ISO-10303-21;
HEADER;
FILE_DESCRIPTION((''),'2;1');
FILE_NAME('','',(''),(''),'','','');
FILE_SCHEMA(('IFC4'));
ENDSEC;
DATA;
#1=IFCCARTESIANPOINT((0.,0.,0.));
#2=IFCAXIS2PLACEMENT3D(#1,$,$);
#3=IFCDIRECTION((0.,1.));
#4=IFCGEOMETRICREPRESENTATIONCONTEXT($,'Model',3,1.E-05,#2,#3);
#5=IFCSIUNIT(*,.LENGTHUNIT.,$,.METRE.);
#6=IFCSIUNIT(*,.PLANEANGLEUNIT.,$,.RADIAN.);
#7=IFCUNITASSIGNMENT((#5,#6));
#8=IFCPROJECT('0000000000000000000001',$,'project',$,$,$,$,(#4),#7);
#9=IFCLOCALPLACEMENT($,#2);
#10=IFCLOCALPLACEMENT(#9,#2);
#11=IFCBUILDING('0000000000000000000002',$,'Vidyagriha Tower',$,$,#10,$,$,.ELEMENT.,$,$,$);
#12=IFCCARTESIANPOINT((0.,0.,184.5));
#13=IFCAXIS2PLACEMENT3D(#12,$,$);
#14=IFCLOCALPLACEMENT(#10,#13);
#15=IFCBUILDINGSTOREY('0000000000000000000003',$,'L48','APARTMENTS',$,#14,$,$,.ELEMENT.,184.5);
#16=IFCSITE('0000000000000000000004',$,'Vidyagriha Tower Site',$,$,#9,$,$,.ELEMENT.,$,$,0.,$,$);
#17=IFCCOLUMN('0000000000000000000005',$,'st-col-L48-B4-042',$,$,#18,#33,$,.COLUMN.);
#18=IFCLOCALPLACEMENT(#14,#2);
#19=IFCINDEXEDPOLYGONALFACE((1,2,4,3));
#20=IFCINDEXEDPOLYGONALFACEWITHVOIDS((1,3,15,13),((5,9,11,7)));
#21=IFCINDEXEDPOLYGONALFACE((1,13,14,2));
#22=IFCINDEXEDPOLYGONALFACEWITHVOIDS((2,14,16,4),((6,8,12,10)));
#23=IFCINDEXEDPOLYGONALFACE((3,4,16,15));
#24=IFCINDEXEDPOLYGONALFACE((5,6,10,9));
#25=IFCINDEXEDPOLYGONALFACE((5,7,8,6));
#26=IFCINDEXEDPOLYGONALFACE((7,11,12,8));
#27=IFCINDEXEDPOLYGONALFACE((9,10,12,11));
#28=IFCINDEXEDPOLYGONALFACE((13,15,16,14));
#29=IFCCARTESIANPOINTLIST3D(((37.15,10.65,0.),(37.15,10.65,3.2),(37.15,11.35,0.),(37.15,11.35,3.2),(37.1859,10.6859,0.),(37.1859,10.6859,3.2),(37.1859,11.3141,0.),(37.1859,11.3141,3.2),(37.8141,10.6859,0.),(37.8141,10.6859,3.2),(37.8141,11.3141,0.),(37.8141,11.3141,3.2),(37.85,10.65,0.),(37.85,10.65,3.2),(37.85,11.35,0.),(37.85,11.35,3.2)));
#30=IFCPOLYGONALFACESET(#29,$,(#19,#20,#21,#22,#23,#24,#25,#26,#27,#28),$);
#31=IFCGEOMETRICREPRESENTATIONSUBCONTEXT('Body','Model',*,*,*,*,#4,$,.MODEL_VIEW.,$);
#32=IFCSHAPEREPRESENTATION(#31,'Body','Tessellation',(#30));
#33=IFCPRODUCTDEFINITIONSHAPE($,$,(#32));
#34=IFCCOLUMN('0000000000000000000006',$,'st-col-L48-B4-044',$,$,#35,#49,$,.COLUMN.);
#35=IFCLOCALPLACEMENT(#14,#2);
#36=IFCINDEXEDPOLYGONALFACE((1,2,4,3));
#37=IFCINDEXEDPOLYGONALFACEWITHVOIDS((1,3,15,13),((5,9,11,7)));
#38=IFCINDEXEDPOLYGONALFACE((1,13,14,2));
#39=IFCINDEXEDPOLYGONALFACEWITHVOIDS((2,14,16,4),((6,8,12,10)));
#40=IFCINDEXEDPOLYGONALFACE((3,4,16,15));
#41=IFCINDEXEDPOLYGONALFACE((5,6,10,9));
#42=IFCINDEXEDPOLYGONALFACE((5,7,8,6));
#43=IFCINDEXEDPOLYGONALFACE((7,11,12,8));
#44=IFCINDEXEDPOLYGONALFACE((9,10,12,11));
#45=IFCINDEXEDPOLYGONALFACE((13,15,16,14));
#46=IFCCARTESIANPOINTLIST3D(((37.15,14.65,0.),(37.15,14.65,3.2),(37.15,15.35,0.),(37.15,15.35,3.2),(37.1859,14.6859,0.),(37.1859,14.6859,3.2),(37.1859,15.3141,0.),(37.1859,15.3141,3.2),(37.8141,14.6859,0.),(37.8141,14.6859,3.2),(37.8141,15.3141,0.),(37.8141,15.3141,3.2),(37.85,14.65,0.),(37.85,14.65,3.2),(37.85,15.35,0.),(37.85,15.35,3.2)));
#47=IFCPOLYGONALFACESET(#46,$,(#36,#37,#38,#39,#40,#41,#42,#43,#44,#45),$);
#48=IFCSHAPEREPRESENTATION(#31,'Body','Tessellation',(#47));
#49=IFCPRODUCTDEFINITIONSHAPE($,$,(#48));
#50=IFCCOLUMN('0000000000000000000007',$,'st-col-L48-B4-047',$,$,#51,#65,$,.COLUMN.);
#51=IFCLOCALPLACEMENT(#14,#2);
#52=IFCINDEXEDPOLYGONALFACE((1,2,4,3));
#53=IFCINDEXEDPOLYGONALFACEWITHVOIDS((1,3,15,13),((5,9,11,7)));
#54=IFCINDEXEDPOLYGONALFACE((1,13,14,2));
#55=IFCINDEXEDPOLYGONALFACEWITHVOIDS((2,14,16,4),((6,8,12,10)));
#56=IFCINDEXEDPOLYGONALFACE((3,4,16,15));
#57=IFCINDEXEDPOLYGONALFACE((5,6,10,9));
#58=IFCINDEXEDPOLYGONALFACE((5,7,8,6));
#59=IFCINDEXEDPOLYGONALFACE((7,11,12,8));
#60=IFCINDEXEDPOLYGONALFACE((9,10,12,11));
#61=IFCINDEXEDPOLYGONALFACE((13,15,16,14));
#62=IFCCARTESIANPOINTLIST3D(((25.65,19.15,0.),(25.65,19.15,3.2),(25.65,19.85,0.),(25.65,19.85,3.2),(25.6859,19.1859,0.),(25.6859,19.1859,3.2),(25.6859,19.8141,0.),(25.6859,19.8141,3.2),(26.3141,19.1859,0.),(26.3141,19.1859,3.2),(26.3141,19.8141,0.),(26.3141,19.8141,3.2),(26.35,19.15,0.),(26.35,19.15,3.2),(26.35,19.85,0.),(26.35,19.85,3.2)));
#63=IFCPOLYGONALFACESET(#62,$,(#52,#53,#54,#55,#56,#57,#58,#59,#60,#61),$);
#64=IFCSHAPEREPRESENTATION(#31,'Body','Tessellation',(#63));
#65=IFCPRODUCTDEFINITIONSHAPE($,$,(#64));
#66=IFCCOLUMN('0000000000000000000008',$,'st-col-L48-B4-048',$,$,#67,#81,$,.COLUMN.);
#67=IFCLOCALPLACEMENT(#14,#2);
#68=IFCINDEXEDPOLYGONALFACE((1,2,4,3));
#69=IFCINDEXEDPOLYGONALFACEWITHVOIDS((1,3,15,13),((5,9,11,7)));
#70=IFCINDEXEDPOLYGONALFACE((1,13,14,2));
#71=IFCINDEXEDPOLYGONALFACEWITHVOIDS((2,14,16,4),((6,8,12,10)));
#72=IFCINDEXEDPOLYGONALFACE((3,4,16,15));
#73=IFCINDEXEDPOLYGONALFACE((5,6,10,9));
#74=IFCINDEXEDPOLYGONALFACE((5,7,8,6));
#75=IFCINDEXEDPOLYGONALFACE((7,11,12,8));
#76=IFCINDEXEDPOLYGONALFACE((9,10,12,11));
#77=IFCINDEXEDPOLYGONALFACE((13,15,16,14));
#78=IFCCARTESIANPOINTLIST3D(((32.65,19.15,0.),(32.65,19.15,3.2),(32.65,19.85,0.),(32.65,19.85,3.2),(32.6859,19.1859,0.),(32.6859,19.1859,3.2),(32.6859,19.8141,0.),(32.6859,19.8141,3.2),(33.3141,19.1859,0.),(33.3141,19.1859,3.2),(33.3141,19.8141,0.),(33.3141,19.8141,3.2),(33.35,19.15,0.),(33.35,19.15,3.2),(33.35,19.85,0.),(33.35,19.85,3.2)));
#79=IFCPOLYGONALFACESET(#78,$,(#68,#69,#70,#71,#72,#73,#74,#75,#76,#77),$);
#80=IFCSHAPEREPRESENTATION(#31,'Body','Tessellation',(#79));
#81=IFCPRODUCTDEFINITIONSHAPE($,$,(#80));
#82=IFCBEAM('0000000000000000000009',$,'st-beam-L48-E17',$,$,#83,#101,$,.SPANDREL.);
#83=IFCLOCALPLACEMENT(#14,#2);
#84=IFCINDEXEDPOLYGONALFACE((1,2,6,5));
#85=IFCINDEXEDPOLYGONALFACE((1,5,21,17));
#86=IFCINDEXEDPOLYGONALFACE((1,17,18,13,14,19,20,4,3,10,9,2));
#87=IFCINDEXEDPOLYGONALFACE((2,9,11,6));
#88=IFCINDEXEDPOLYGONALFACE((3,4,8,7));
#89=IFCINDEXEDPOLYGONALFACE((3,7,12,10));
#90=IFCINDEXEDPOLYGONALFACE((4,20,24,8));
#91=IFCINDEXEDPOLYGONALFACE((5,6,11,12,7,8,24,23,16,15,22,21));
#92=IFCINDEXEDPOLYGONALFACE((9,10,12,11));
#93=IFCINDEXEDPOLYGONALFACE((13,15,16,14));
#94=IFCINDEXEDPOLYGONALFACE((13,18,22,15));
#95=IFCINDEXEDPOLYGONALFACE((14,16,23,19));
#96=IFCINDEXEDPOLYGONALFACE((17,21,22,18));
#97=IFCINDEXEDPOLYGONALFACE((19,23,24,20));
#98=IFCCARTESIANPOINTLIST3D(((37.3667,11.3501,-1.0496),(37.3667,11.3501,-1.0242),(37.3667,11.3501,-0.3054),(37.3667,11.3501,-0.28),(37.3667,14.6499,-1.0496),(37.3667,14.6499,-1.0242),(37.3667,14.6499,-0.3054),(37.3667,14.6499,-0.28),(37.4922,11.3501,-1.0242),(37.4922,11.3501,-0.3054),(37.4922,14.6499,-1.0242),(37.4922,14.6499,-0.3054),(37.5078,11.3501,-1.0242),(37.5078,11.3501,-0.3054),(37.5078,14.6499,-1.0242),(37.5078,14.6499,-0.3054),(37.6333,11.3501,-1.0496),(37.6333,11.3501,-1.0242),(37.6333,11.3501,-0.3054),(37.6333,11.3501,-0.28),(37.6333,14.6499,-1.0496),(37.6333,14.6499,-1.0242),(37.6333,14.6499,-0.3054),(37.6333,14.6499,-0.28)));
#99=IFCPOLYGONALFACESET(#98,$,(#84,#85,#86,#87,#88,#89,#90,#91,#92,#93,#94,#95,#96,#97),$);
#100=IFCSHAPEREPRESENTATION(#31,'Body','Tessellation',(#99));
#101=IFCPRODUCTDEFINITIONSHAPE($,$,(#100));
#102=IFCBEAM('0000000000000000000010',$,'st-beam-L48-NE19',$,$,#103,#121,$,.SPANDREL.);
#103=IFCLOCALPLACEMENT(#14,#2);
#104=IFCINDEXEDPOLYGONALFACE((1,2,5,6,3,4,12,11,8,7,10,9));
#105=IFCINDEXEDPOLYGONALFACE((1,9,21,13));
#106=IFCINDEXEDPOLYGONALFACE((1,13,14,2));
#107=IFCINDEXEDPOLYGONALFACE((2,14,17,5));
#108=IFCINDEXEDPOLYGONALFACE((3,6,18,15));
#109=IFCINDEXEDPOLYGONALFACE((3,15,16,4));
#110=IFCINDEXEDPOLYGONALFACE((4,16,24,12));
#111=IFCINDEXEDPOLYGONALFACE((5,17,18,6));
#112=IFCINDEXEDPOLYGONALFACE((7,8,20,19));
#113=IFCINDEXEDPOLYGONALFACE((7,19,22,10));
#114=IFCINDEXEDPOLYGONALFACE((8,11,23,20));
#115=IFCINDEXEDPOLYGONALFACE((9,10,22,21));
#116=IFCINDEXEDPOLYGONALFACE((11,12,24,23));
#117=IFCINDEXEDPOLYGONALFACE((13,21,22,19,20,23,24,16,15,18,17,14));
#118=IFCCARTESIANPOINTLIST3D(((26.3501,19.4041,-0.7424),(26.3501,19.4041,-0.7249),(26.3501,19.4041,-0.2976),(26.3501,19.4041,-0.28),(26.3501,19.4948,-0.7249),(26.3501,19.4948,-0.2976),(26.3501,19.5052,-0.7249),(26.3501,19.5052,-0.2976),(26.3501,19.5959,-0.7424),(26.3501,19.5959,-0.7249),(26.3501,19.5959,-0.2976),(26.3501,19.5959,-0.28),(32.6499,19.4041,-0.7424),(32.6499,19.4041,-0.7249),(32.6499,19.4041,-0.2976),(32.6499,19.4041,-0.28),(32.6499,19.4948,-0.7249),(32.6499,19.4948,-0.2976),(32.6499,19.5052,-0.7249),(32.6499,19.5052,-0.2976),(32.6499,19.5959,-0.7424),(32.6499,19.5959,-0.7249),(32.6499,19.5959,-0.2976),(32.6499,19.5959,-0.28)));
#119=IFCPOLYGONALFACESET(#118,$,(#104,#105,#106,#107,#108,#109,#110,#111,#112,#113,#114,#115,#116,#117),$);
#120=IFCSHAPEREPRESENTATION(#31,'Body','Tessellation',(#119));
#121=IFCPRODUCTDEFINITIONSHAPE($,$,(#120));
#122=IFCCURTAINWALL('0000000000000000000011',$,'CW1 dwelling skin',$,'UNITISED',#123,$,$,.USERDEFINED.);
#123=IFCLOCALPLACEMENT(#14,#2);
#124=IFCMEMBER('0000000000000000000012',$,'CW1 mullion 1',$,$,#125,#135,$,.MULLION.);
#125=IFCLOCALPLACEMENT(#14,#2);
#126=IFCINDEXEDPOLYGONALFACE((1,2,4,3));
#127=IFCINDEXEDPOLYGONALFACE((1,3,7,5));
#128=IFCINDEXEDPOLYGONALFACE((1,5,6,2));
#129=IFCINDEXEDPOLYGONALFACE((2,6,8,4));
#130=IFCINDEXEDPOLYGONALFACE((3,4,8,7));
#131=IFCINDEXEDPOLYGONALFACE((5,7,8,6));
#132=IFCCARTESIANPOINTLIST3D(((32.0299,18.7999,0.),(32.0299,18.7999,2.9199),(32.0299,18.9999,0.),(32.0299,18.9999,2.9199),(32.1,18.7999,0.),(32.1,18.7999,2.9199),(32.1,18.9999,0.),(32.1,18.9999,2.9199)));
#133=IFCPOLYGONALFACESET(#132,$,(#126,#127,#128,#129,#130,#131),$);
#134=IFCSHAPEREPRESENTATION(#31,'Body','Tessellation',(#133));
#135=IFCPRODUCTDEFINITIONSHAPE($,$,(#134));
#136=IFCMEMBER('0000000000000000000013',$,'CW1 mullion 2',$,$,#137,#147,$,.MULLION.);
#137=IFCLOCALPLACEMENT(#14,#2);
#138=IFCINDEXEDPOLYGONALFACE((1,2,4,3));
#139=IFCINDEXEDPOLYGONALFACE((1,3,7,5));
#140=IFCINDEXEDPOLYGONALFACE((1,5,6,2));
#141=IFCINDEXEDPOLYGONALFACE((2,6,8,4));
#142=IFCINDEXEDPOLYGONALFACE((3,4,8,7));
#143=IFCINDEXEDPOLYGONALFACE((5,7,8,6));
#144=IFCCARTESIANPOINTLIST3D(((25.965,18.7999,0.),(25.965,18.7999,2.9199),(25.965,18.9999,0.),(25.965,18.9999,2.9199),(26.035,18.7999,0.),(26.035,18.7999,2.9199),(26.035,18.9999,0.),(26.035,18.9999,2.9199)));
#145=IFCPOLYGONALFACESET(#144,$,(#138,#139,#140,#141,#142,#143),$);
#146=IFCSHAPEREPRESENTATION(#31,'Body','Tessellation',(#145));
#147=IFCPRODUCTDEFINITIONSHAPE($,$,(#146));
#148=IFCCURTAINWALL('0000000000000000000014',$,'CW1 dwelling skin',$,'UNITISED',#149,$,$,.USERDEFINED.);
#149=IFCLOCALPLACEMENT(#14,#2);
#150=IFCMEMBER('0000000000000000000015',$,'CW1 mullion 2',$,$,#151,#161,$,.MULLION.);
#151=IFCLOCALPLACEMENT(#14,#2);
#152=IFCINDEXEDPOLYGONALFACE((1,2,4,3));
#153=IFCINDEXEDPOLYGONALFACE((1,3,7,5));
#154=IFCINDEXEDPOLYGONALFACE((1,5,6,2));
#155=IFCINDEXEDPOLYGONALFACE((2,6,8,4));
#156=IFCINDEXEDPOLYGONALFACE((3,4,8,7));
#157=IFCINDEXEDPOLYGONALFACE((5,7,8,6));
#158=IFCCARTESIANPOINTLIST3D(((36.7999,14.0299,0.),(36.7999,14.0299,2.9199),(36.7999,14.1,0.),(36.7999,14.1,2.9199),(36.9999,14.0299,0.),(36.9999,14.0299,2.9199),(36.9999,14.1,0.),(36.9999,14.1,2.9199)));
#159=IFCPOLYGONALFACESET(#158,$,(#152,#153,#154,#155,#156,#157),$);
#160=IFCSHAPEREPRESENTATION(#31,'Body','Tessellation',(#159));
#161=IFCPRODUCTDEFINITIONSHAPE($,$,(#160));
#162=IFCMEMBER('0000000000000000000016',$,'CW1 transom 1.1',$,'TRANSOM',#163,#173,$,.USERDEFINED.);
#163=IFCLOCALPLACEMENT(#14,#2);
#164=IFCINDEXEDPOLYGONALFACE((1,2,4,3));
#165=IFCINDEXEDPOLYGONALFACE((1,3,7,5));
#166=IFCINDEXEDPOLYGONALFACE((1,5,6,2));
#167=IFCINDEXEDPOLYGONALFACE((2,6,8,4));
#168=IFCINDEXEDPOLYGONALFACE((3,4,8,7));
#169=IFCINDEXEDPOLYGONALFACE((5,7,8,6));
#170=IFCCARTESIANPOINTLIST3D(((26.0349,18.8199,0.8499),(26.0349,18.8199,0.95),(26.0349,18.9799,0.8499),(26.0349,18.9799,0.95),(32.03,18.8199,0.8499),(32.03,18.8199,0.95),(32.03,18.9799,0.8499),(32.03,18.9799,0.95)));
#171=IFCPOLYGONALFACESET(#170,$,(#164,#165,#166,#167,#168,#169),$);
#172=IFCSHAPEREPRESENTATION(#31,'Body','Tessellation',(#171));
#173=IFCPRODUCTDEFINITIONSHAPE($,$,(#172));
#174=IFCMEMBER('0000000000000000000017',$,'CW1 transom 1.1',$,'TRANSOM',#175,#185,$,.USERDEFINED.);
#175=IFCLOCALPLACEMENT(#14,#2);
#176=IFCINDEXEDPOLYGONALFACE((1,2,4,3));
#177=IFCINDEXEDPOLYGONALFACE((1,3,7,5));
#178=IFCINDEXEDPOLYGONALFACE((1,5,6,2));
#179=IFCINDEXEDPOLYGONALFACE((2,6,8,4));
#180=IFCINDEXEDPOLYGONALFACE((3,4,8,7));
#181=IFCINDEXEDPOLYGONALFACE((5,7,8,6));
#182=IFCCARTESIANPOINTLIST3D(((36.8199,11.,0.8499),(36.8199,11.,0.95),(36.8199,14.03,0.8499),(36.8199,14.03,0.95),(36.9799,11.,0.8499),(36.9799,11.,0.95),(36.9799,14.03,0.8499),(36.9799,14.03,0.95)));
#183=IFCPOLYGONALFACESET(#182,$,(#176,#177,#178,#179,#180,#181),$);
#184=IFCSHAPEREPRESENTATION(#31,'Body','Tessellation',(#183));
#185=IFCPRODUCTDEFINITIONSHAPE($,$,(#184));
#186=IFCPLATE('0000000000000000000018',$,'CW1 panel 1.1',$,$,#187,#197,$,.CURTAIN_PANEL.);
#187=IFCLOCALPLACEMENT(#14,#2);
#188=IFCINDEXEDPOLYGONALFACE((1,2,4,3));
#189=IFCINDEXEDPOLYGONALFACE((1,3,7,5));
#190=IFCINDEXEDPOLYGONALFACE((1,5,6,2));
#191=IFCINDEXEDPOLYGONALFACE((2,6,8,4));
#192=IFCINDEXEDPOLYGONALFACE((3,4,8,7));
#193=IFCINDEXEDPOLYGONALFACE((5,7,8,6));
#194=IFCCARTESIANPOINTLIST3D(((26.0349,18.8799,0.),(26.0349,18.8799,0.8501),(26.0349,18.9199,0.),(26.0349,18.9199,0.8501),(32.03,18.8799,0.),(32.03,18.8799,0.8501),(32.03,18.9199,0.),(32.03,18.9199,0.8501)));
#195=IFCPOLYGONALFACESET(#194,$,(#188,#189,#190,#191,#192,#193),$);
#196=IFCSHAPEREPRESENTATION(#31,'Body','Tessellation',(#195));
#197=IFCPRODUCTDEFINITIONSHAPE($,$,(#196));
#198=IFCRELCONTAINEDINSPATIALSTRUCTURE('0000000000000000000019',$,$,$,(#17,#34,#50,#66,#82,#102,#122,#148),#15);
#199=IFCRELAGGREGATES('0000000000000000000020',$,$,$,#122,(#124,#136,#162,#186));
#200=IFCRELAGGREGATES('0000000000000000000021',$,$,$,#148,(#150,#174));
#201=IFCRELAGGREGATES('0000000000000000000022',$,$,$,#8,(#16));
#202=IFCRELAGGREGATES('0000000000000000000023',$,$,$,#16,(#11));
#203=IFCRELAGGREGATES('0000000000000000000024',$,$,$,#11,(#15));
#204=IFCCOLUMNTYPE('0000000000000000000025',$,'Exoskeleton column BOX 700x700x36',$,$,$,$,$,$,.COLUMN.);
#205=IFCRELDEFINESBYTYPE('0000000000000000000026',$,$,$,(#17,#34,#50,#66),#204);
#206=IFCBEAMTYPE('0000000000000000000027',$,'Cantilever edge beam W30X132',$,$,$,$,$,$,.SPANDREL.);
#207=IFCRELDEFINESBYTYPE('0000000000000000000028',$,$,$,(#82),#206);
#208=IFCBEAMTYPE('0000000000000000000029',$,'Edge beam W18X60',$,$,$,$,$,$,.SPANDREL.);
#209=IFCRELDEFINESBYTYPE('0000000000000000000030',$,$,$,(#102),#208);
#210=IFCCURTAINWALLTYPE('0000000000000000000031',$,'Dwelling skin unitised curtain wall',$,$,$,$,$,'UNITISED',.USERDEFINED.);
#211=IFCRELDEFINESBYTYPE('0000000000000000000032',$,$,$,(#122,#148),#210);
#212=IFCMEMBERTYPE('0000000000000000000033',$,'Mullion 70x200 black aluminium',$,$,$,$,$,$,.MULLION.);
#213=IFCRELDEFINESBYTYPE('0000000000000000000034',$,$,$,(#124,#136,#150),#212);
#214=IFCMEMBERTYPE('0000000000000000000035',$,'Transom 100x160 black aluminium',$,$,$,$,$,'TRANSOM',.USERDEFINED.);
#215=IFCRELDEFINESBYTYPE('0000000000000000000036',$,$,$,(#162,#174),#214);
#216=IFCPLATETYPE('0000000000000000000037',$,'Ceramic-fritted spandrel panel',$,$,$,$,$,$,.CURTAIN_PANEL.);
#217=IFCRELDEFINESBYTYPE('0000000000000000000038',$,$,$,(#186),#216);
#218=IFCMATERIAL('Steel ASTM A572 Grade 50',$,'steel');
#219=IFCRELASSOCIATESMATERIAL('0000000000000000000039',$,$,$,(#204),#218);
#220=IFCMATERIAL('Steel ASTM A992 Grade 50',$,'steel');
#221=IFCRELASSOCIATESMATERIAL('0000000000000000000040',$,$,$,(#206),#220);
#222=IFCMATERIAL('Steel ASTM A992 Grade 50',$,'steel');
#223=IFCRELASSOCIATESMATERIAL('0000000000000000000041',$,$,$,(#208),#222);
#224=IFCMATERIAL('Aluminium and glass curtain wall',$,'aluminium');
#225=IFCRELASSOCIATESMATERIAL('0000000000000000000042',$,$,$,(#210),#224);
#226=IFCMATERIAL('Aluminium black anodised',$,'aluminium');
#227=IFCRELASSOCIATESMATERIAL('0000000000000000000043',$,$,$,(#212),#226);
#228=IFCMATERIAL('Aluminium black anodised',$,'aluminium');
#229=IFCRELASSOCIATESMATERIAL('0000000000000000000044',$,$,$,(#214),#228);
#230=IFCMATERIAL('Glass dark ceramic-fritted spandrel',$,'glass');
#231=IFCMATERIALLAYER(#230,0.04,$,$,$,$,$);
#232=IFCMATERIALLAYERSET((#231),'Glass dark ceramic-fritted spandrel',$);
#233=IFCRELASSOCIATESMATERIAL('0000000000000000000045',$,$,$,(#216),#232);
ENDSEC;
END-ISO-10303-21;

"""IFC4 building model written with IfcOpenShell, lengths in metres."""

from ifc_helpers import new_model, si_unit, direction, frame, origin, origin_2d, place, context, subcontext, project, spatial, rectangle, hollow_rectangle, i_section, extrude, material, layer, layer_set, material_profile, profile_set, type_object, element, aggregate, save


model = new_model("IFC4")

# Units and contexts
model_context = context("Model", 3, precision=1e-05, world=origin(), true_north=direction((0.0, 1.0)))
body_context = subcontext(model_context, "Body", "Model", "MODEL_VIEW")
ifc_project = project(units=[si_unit("LENGTHUNIT", "METRE"), si_unit("PLANEANGLEUNIT", "RADIAN")], contexts=[model_context])

# Site, building, storey
site_placement = place(None, origin())
site = spatial("IfcSite", under=ifc_project, at=site_placement, Name="Vidyagriha Tower Site", CompositionType="ELEMENT", RefElevation=0.0)
building_placement = place(site_placement, origin())
building = spatial("IfcBuilding", under=site, at=building_placement, Name="Vidyagriha Tower", CompositionType="ELEMENT")
storey_placement = place(building_placement, frame((0.0, 0.0, 184.5)))
storey = spatial("IfcBuildingStorey", under=building, at=storey_placement, Name="L48", Description="APARTMENTS", CompositionType="ELEMENT", Elevation=184.5)

# Columns
ifc_material_1 = material(Name="Steel ASTM A572 Grade 50", Category="steel")
ifc_material_profile_1 = material_profile(ifc_material_1, hollow_rectangle(XDim=0.7, YDim=0.7, WallThickness=0.0359, at=origin_2d()), Name="BOX 700x700x36")
ifc_profile_set_1 = profile_set([ifc_material_profile_1], Name="Steel ASTM A572 Grade 50")
column_type = type_object("IfcColumnType", Name="Exoskeleton column BOX 700x700x36", PredefinedType="COLUMN", material=ifc_profile_set_1)
for number, where, name in (
    (1, (37.5, 11.0, 0.0), "st-col-L48-B4-042"),
    (2, (37.5, 15.0, 0.0), "st-col-L48-B4-044"),
    (3, (26.0, 19.5, 0.0), "st-col-L48-B4-047"),
    (4, (33.0, 19.5, 0.0), "st-col-L48-B4-048"),
):
    element("IfcColumn", number, at=place(storey_placement, frame(where)), inside=storey, type_object=column_type, Name=name, PredefinedType="COLUMN", context=body_context, shape_type="SweptSolid", body=[
        extrude(hollow_rectangle(XDim=0.7, YDim=0.7, WallThickness=0.0359, at=origin_2d()), origin(), (0.0, 0.0, 1.0), 3.2),
    ])

# Beams
ifc_material_2 = material(Name="Steel ASTM A992 Grade 50", Category="steel")
ifc_material_profile_2 = material_profile(ifc_material_2, i_section(OverallWidth=0.2666, OverallDepth=0.7695, WebThickness=0.0156, FlangeThickness=0.0254, at=origin_2d()), Name="W30X132")
ifc_profile_set_2 = profile_set([ifc_material_profile_2], Name="Steel ASTM A992 Grade 50")
beam_type_1 = type_object("IfcBeamType", Name="Cantilever edge beam W30X132", PredefinedType="SPANDREL", material=ifc_profile_set_2)
beam_1_placement = place(storey_placement, frame((37.5, 11.3501, -0.6648), z_axis=(0.0, 1.0, 0.0), x_axis=(-1.0, 0.0, 0.0)))
element("IfcBeam", 5, at=beam_1_placement, inside=storey, type_object=beam_type_1, Name="st-beam-L48-E17", PredefinedType="SPANDREL", context=body_context, shape_type="SweptSolid", body=[
    extrude(i_section(OverallWidth=0.2666, OverallDepth=0.7695, WebThickness=0.0156, FlangeThickness=0.0254, at=origin_2d()), origin(), (0.0, 0.0, 1.0), 3.2998),
])
ifc_material_3 = material(Name="Steel ASTM A992 Grade 50", Category="steel")
ifc_material_profile_3 = material_profile(ifc_material_3, i_section(OverallWidth=0.1919, OverallDepth=0.4624, WebThickness=0.0105, FlangeThickness=0.0176, at=origin_2d()), Name="W18X60")
ifc_profile_set_3 = profile_set([ifc_material_profile_3], Name="Steel ASTM A992 Grade 50")
beam_type_2 = type_object("IfcBeamType", Name="Edge beam W18X60", PredefinedType="SPANDREL", material=ifc_profile_set_3)
beam_2_placement = place(storey_placement, frame((26.3501, 19.5, -0.5112), z_axis=(1.0, 0.0, 0.0), x_axis=(0.0, 1.0, 0.0)))
element("IfcBeam", 6, at=beam_2_placement, inside=storey, type_object=beam_type_2, Name="st-beam-L48-NE19", PredefinedType="SPANDREL", context=body_context, shape_type="SweptSolid", body=[
    extrude(i_section(OverallWidth=0.1919, OverallDepth=0.4624, WebThickness=0.0105, FlangeThickness=0.0176, at=origin_2d()), origin(), (0.0, 0.0, 1.0), 6.2998),
])

# Curtain wall, members
ifc_material_4 = material(Name="Aluminium and glass curtain wall", Category="aluminium")
curtain_wall_type = type_object("IfcCurtainWallType", Name="Dwelling skin unitised curtain wall", ElementType="UNITISED", PredefinedType="USERDEFINED", material=ifc_material_4)
curtain_wall_1_placement = place(storey_placement, origin())
curtain_wall_1 = element("IfcCurtainWall", 7, at=curtain_wall_1_placement, inside=storey, type_object=curtain_wall_type, Name="CW1 dwelling skin", ObjectType="UNITISED", PredefinedType="USERDEFINED")
ifc_material_5 = material(Name="Aluminium black anodised", Category="aluminium")
ifc_material_profile_4 = material_profile(ifc_material_5, rectangle(XDim=0.2, YDim=0.0701, at=origin_2d()), Name="Mullion 70x200 black aluminium")
ifc_profile_set_4 = profile_set([ifc_material_profile_4], Name="Aluminium black anodised")
member_type_1 = type_object("IfcMemberType", Name="Mullion 70x200 black aluminium", PredefinedType="MULLION", material=ifc_profile_set_4)
member_1_placement = place(storey_placement, frame((32.0649, 18.8999, 0.0), z_axis=(0.0, 0.0, 1.0), x_axis=(0.0, -1.0, 0.0)))
member_1 = element("IfcMember", 8, at=member_1_placement, type_object=member_type_1, Name="CW1 mullion 1", PredefinedType="MULLION", context=body_context, shape_type="SweptSolid", body=[
    extrude(rectangle(XDim=0.2, YDim=0.0701, at=origin_2d()), origin(), (0.0, 0.0, 1.0), 2.9199),
])
member_2_placement = place(storey_placement, frame((26.0, 18.8999, 0.0), z_axis=(0.0, 0.0, 1.0), x_axis=(0.0, -1.0, 0.0)))
member_2 = element("IfcMember", 9, at=member_2_placement, type_object=member_type_1, Name="CW1 mullion 2", PredefinedType="MULLION", context=body_context, shape_type="SweptSolid", body=[
    extrude(rectangle(XDim=0.2, YDim=0.0701, at=origin_2d()), origin(), (0.0, 0.0, 1.0), 2.9199),
])

# Curtain wall, member
curtain_wall_2_placement = place(storey_placement, origin())
curtain_wall_2 = element("IfcCurtainWall", 10, at=curtain_wall_2_placement, inside=storey, type_object=curtain_wall_type, Name="CW1 dwelling skin", ObjectType="UNITISED", PredefinedType="USERDEFINED")
member_3_placement = place(storey_placement, frame((36.8999, 14.0649, 0.0), z_axis=(0.0, 0.0, 1.0), x_axis=(-1.0, 0.0, 0.0)))
member_3 = element("IfcMember", 11, at=member_3_placement, type_object=member_type_1, Name="CW1 mullion 2", PredefinedType="MULLION", context=body_context, shape_type="SweptSolid", body=[
    extrude(rectangle(XDim=0.2, YDim=0.0701, at=origin_2d()), origin(), (0.0, 0.0, 1.0), 2.9199),
])

# Members
ifc_material_6 = material(Name="Aluminium black anodised", Category="aluminium")
ifc_material_profile_5 = material_profile(ifc_material_6, rectangle(XDim=0.1599, YDim=0.1001, at=origin_2d()), Name="Transom 100x160 black aluminium")
ifc_profile_set_5 = profile_set([ifc_material_profile_5], Name="Aluminium black anodised")
member_type_2 = type_object("IfcMemberType", Name="Transom 100x160 black aluminium", ElementType="TRANSOM", PredefinedType="USERDEFINED", material=ifc_profile_set_5)
member_4_placement = place(storey_placement, frame((32.03, 18.8999, 0.8999), z_axis=(-1.0, 0.0, 0.0), x_axis=(0.0, -1.0, 0.0)))
member_4 = element("IfcMember", 12, at=member_4_placement, type_object=member_type_2, Name="CW1 transom 1.1", ObjectType="TRANSOM", PredefinedType="USERDEFINED", context=body_context, shape_type="SweptSolid", body=[
    extrude(rectangle(XDim=0.1599, YDim=0.1001, at=origin_2d()), origin(), (0.0, 0.0, 1.0), 5.9951),
])
member_5_placement = place(storey_placement, frame((36.8999, 11.0, 0.8999), z_axis=(0.0, 1.0, 0.0), x_axis=(-1.0, 0.0, 0.0)))
member_5 = element("IfcMember", 13, at=member_5_placement, type_object=member_type_2, Name="CW1 transom 1.1", ObjectType="TRANSOM", PredefinedType="USERDEFINED", context=body_context, shape_type="SweptSolid", body=[
    extrude(rectangle(XDim=0.1599, YDim=0.1001, at=origin_2d()), origin(), (0.0, 0.0, 1.0), 3.03),
])

# Plate
ifc_material_7 = material(Name="Glass dark ceramic-fritted spandrel", Category="glass")
ifc_layer_1 = layer(ifc_material_7, 0.04)
ifc_layer_set_1 = layer_set([ifc_layer_1], Name="Glass dark ceramic-fritted spandrel")
plate_type_1 = type_object("IfcPlateType", Name="Ceramic-fritted spandrel panel", PredefinedType="CURTAIN_PANEL", material=ifc_layer_set_1)
plate_1_placement = place(storey_placement, frame((29.0325, 18.8999, 0.0), z_axis=(0.0, 0.0, 1.0), x_axis=(-1.0, 0.0, 0.0)))
plate_1 = element("IfcPlate", 14, at=plate_1_placement, type_object=plate_type_1, Name="CW1 panel 1.1", PredefinedType="CURTAIN_PANEL", context=body_context, shape_type="SweptSolid", body=[
    extrude(rectangle(XDim=5.9951, YDim=0.04, at=origin_2d()), origin(), (0.0, 0.0, 1.0), 0.8501),
])
aggregate(curtain_wall_1, [member_1, member_2, member_4, plate_1])
aggregate(curtain_wall_2, [member_3, member_5])

save(model, "model.ifc")
